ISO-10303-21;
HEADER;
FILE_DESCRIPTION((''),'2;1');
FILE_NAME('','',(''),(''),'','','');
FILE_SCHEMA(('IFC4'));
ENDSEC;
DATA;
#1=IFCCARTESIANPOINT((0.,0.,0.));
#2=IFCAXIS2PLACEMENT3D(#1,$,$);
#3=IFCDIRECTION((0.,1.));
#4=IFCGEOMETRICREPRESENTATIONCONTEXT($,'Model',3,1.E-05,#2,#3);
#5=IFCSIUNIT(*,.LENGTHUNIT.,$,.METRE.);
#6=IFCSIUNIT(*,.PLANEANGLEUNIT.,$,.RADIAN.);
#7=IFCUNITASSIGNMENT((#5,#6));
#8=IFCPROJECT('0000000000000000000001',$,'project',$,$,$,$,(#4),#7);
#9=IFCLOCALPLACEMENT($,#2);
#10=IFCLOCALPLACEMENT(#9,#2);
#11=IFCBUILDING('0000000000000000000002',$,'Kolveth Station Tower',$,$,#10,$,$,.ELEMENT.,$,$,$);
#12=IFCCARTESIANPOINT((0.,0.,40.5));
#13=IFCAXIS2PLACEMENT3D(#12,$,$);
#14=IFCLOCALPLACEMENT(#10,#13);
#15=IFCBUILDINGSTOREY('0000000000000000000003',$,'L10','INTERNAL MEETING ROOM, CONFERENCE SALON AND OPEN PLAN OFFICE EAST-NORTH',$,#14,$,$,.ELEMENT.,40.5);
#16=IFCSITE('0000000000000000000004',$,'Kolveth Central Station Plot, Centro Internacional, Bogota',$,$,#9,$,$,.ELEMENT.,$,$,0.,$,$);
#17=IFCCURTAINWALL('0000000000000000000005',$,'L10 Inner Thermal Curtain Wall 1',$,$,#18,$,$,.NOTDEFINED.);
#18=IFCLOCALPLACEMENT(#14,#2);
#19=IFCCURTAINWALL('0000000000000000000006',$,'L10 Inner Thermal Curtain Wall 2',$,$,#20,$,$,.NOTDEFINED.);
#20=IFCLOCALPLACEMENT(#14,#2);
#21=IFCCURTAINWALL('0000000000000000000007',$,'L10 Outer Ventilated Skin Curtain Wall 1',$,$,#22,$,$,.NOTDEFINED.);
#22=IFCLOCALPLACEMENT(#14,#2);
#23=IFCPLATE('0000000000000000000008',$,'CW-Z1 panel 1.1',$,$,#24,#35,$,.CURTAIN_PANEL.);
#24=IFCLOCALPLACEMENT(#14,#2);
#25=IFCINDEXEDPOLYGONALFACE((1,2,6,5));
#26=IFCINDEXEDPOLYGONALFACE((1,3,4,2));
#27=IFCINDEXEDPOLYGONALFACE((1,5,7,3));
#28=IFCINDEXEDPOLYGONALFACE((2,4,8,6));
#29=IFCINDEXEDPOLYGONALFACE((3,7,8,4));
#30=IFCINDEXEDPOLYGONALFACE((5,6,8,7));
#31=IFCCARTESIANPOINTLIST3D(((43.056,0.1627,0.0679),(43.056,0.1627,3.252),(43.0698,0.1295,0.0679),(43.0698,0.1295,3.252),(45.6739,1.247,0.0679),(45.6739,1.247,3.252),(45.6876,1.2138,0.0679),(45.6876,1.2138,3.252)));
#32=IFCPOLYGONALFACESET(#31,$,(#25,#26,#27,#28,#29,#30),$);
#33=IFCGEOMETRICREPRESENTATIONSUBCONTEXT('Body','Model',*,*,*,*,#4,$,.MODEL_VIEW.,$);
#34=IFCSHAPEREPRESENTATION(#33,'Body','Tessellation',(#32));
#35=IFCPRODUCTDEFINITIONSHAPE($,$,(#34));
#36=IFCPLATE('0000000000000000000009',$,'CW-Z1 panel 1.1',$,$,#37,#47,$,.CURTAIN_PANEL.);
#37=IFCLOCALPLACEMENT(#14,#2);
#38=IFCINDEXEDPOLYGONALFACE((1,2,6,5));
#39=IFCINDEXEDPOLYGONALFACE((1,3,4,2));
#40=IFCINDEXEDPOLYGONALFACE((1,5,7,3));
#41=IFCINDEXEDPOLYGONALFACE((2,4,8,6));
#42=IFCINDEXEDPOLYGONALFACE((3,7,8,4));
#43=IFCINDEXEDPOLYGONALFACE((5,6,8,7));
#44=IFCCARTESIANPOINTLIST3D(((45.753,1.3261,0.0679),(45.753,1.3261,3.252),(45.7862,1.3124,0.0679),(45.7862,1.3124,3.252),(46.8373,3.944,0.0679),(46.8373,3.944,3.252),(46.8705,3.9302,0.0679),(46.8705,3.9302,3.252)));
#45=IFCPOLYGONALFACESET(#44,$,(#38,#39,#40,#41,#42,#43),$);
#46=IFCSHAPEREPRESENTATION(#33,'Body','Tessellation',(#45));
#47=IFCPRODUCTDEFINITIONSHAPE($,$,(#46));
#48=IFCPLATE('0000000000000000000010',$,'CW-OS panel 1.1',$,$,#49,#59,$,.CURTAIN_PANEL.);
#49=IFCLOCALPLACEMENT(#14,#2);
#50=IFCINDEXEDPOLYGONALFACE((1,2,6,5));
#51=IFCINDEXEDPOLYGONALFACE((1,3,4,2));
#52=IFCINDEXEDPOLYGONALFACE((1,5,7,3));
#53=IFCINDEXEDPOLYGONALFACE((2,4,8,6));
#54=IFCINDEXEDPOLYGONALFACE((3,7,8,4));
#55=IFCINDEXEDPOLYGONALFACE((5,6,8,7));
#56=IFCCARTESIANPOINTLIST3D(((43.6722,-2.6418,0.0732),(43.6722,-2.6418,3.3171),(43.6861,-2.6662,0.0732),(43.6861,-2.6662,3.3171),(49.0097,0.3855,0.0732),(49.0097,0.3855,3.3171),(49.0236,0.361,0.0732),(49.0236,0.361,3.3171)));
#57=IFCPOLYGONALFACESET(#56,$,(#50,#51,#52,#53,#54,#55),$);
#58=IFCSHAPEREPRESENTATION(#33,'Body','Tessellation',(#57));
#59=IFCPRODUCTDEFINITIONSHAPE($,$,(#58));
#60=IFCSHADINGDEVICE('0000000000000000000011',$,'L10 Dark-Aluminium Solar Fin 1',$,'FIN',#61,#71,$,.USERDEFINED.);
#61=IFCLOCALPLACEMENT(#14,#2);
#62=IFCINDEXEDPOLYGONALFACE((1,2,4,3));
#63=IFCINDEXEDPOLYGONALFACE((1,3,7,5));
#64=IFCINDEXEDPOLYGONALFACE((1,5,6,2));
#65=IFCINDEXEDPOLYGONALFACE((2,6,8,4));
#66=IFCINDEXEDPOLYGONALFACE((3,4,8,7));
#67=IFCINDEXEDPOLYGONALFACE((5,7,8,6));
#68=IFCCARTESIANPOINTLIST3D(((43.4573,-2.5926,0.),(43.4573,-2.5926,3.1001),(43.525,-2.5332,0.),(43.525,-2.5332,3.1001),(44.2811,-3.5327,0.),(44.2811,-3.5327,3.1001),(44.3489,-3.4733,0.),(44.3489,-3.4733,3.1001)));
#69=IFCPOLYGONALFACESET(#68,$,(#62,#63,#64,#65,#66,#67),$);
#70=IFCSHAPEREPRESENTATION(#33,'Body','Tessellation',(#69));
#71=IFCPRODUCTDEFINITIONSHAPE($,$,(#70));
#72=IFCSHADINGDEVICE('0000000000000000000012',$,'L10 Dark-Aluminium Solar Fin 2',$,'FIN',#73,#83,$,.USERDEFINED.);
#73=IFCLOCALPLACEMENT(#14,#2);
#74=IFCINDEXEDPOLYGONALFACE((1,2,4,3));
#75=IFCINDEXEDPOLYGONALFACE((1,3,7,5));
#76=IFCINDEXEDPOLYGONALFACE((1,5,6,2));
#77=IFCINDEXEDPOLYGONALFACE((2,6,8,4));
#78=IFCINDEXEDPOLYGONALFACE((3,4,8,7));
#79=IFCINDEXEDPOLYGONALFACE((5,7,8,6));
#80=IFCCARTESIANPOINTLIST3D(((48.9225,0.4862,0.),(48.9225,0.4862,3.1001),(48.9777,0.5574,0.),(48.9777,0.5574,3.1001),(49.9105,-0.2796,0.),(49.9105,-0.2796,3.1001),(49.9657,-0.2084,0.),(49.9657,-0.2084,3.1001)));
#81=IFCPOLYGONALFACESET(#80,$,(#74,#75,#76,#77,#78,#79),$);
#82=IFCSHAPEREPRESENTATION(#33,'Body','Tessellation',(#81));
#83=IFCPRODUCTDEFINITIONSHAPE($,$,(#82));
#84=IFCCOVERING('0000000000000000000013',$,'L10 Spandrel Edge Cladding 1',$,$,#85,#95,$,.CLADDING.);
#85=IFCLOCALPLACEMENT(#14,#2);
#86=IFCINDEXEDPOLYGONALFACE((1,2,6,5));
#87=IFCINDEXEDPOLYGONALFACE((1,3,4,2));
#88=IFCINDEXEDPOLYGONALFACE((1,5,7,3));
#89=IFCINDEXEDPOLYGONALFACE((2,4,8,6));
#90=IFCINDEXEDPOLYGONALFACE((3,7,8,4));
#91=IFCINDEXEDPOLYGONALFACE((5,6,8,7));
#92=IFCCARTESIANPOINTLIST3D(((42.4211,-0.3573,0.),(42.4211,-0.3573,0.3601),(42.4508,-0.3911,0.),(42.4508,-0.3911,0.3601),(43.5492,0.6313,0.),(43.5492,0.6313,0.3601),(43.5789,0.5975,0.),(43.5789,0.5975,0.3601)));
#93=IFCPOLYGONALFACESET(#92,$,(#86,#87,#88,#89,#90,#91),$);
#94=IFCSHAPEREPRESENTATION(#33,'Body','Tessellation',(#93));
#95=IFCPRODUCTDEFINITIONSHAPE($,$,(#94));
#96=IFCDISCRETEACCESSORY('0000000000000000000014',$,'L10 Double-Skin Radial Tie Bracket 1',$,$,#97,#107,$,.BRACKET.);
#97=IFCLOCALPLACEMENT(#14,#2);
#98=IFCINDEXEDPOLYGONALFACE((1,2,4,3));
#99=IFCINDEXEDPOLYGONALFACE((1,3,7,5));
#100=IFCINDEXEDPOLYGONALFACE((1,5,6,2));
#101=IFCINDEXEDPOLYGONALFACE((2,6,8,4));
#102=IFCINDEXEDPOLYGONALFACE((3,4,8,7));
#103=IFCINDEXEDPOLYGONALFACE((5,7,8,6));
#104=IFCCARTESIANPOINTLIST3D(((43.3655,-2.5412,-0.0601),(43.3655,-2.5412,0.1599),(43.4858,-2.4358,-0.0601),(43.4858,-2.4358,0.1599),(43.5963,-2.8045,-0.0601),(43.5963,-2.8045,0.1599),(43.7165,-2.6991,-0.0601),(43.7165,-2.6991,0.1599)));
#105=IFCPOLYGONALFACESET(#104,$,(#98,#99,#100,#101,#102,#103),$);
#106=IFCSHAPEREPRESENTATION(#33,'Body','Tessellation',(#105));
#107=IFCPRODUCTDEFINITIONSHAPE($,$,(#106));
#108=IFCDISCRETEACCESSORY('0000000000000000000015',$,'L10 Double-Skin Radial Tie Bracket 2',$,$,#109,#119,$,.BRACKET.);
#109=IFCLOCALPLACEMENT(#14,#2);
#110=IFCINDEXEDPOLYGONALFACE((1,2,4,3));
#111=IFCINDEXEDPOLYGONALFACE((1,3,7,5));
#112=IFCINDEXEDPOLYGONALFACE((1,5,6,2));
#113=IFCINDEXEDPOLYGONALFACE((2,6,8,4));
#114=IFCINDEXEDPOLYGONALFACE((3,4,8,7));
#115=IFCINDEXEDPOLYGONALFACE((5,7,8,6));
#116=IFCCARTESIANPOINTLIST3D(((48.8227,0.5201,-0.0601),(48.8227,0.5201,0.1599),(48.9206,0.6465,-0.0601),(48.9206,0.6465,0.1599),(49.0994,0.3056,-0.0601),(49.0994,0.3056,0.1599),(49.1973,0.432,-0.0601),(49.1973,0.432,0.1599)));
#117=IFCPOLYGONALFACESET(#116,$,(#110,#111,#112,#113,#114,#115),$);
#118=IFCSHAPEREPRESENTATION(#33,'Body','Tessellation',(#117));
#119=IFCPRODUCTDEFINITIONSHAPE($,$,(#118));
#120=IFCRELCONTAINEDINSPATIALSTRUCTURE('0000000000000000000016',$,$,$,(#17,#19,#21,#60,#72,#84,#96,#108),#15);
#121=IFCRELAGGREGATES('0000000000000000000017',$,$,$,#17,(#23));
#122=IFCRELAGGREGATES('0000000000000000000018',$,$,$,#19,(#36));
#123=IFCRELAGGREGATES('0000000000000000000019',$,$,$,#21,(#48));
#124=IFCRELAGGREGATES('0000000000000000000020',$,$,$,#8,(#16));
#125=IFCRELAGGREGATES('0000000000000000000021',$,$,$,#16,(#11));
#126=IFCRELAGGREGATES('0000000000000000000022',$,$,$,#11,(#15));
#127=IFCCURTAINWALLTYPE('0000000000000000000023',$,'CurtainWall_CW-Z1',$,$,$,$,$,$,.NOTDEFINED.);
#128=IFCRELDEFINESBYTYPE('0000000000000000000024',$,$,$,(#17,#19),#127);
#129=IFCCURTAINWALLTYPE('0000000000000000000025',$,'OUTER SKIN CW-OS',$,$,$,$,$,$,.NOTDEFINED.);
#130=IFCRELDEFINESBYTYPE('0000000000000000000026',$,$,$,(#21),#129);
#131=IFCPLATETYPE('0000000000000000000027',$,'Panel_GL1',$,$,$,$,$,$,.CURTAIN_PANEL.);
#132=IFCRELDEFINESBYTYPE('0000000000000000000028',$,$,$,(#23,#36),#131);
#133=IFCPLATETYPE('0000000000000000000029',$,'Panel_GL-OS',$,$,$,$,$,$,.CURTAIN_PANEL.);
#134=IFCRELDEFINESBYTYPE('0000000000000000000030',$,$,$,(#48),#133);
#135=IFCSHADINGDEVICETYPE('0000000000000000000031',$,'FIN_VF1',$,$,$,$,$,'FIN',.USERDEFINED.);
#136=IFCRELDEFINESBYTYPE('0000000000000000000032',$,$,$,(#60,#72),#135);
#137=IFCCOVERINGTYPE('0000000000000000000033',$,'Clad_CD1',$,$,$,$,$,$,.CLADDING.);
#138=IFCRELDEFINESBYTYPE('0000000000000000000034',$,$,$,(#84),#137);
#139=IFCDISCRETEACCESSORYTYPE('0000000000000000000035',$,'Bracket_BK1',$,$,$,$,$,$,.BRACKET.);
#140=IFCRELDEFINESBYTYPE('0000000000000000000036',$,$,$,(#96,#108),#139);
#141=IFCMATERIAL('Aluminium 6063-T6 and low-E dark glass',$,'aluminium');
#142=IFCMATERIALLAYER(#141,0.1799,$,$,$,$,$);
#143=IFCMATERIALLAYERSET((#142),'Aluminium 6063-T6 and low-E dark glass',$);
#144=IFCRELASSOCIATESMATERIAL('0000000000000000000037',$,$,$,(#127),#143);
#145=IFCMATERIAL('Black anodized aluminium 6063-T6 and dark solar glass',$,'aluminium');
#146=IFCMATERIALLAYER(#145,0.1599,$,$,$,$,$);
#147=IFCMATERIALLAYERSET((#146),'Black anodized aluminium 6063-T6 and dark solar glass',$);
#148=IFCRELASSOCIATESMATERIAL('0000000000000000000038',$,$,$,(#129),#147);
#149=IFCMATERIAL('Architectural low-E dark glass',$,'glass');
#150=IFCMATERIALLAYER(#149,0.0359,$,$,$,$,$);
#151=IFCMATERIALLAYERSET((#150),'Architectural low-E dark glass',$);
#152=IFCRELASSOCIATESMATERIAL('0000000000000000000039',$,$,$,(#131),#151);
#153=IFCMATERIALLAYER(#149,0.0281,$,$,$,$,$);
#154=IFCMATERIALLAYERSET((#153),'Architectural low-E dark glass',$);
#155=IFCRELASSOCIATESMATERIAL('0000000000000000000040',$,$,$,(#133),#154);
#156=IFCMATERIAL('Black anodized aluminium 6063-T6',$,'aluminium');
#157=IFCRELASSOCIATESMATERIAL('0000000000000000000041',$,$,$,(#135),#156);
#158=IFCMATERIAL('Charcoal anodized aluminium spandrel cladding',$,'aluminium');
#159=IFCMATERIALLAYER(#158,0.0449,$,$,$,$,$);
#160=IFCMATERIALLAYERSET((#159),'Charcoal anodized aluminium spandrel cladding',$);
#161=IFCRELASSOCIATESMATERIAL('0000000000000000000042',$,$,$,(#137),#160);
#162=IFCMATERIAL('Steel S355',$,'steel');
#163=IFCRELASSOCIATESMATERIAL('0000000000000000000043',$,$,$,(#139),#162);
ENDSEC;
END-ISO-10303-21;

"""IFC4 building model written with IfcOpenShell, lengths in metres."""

from ifc_helpers import new_model, si_unit, direction, frame, origin, origin_2d, place, context, subcontext, project, spatial, rectangle, extrude, source, transform, mapped, material, layer, layer_set, type_object, element, aggregate, save


model = new_model("IFC4")

# Units and contexts
model_context = context("Model", 3, precision=1e-05, world=origin(), true_north=direction((0.0, 1.0)))
body_context = subcontext(model_context, "Body", "Model", "MODEL_VIEW")
ifc_project = project(units=[si_unit("LENGTHUNIT", "METRE"), si_unit("PLANEANGLEUNIT", "RADIAN")], contexts=[model_context])

# Site, building, storey
site_placement = place(None, origin())
site = spatial("IfcSite", under=ifc_project, at=site_placement, Name="Kolveth Central Station Plot, Centro Internacional, Bogota", CompositionType="ELEMENT", RefElevation=0.0)
building_placement = place(site_placement, origin())
building = spatial("IfcBuilding", under=site, at=building_placement, Name="Kolveth Station Tower", CompositionType="ELEMENT")
storey_placement = place(building_placement, frame((0.0, 0.0, 40.5)))
storey = spatial("IfcBuildingStorey", under=building, at=storey_placement, Name="L10", Description="INTERNAL MEETING ROOM, CONFERENCE SALON AND OPEN PLAN OFFICE EAST-NORTH", CompositionType="ELEMENT", Elevation=40.5)

# Shared definitions
ifc_material_1 = material(Name="Steel S355", Category="steel")

# Curtain walls
ifc_material_2 = material(Name="Aluminium 6063-T6 and low-E dark glass", Category="aluminium")
ifc_layer_1 = layer(ifc_material_2, 0.1799)
ifc_layer_set_1 = layer_set([ifc_layer_1], Name="Aluminium 6063-T6 and low-E dark glass")
curtain_wall_type_1 = type_object("IfcCurtainWallType", Name="CurtainWall_CW-Z1", PredefinedType="NOTDEFINED", material=ifc_layer_set_1)
curtain_wall_1_placement = place(storey_placement, origin())
curtain_wall_1 = element("IfcCurtainWall", 1, at=curtain_wall_1_placement, inside=storey, type_object=curtain_wall_type_1, Name="L10 Inner Thermal Curtain Wall 1", PredefinedType="NOTDEFINED")
ifc_material_3 = material(Name="Black anodized aluminium 6063-T6", Category="aluminium")
curtain_wall_2_placement = place(storey_placement, origin())
curtain_wall_2 = element("IfcCurtainWall", 2, at=curtain_wall_2_placement, inside=storey, type_object=curtain_wall_type_1, Name="L10 Inner Thermal Curtain Wall 2", PredefinedType="NOTDEFINED")

# Curtain wall
ifc_material_4 = material(Name="Black anodized aluminium 6063-T6 and dark solar glass", Category="aluminium")
ifc_layer_2 = layer(ifc_material_4, 0.1599)
ifc_layer_set_2 = layer_set([ifc_layer_2], Name="Black anodized aluminium 6063-T6 and dark solar glass")
curtain_wall_type_2 = type_object("IfcCurtainWallType", Name="OUTER SKIN CW-OS", PredefinedType="NOTDEFINED", material=ifc_layer_set_2)
curtain_wall_3_placement = place(storey_placement, origin())
curtain_wall_3 = element("IfcCurtainWall", 3, at=curtain_wall_3_placement, inside=storey, type_object=curtain_wall_type_2, Name="L10 Outer Ventilated Skin Curtain Wall 1", PredefinedType="NOTDEFINED")

# Plates
ifc_material_5 = material(Name="Architectural low-E dark glass", Category="glass")
ifc_layer_3 = layer(ifc_material_5, 0.0359)
ifc_layer_set_3 = layer_set([ifc_layer_3], Name="Architectural low-E dark glass")
plate_type_1 = type_object("IfcPlateType", Name="Panel_GL1", PredefinedType="CURTAIN_PANEL", material=ifc_layer_set_3)
shared_shape_1 = source(origin(), body_context, "Body", "SweptSolid", [
    extrude(rectangle(XDim=2.8335, YDim=0.0359, at=origin_2d()), origin(), (0.0, 0.0, 1.0), 3.1841),
])
plate_1_placement = place(storey_placement, frame((44.3718, 0.6882, 0.0679), z_axis=(0.0, 0.0, 1.0), x_axis=(0.923884, 0.382673, 0.0)))
plate_1 = element("IfcPlate", 4, at=plate_1_placement, type_object=plate_type_1, Name="CW-Z1 panel 1.1", PredefinedType="CURTAIN_PANEL", context=body_context, shape_type="MappedRepresentation", body=[
    mapped(shared_shape_1, transform((0.0, 0.0, 0.0), x_axis=(1.0, 0.0, 0.0), y_axis=(0.0, 1.0, 0.0), z_axis=(0.0, 0.0, 1.0), scale=1.0)),
])
aggregate(curtain_wall_1, [plate_1])
plate_2_placement = place(storey_placement, frame((46.3118, 2.6282, 0.0679), z_axis=(0.0, 0.0, 1.0), x_axis=(0.382673, 0.923884, 0.0)))
plate_2 = element("IfcPlate", 5, at=plate_2_placement, type_object=plate_type_1, Name="CW-Z1 panel 1.1", PredefinedType="CURTAIN_PANEL", context=body_context, shape_type="MappedRepresentation", body=[
    mapped(shared_shape_1, transform((0.0, 0.0, 0.0), x_axis=(1.0, 0.0, 0.0), y_axis=(0.0, 1.0, 0.0), z_axis=(0.0, 0.0, 1.0), scale=1.0)),
])
aggregate(curtain_wall_2, [plate_2])
ifc_layer_4 = layer(ifc_material_5, 0.0281)
ifc_layer_set_4 = layer_set([ifc_layer_4], Name="Architectural low-E dark glass")
plate_type_2 = type_object("IfcPlateType", Name="Panel_GL-OS", PredefinedType="CURTAIN_PANEL", material=ifc_layer_set_4)
shared_shape_2 = source(origin(), body_context, "Body", "SweptSolid", [
    extrude(rectangle(XDim=6.1362, YDim=0.0281, at=origin_2d()), origin(), (0.0, 0.0, 1.0), 3.2439),
])
plate_3_placement = place(storey_placement, frame((46.3479, -1.1404, 0.0732), z_axis=(0.0, 0.0, 1.0), x_axis=(0.869836, 0.493341, 0.0)))
plate_3 = element("IfcPlate", 6, at=plate_3_placement, type_object=plate_type_2, Name="CW-OS panel 1.1", PredefinedType="CURTAIN_PANEL", context=body_context, shape_type="MappedRepresentation", body=[
    mapped(shared_shape_2, transform((0.0, 0.0, 0.0), x_axis=(1.0, 0.0, 0.0), y_axis=(0.0, 1.0, 0.0), z_axis=(0.0, 0.0, 1.0), scale=1.0)),
])
aggregate(curtain_wall_3, [plate_3])

# Shading devices
shading_device_type = type_object("IfcShadingDeviceType", Name="FIN_VF1", ElementType="FIN", PredefinedType="USERDEFINED", material=ifc_material_3)
shared_shape_3 = source(origin(), body_context, "Body", "SweptSolid", [
    extrude(rectangle(XDim=1.25, YDim=0.0901, at=origin_2d()), origin(), (0.0, 0.0, 1.0), 3.1001),
])
for number, where, z_axis, x_axis, name in (
    (7, (43.9031, -3.033, 0.0), (0.0, 0.0, 1.0), (0.659083, -0.75207, 0.0), "L10 Dark-Aluminium Solar Fin 1"),
    (8, (49.4441, 0.1389, 0.0), (0.0, 0.0, 1.0), (0.790369, -0.612631, 0.0), "L10 Dark-Aluminium Solar Fin 2"),
):
    element("IfcShadingDevice", number, at=place(storey_placement, frame(where, z_axis=z_axis, x_axis=x_axis)), inside=storey, type_object=shading_device_type, Name=name, ObjectType="FIN", PredefinedType="USERDEFINED", context=body_context, shape_type="MappedRepresentation", body=[
        mapped(shared_shape_3, transform((0.0, 0.0, 0.0), x_axis=(1.0, 0.0, 0.0), y_axis=(0.0, 1.0, 0.0), z_axis=(0.0, 0.0, 1.0), scale=1.0)),
    ])

# Covering
ifc_material_6 = material(Name="Charcoal anodized aluminium spandrel cladding", Category="aluminium")
ifc_layer_5 = layer(ifc_material_6, 0.0449)
ifc_layer_set_5 = layer_set([ifc_layer_5], Name="Charcoal anodized aluminium spandrel cladding")
covering_type = type_object("IfcCoveringType", Name="Clad_CD1", PredefinedType="CLADDING", material=ifc_layer_set_5)
shared_shape_4 = source(origin(), body_context, "Body", "SweptSolid", [
    extrude(rectangle(XDim=1.5, YDim=0.0449, at=origin_2d()), origin(), (0.0, 0.0, 1.0), 0.3601),
])
covering_placement = place(storey_placement, frame((43.0, 0.1201, 0.0), z_axis=(0.0, 0.0, 1.0), x_axis=(0.75207, 0.659083, 0.0)))
element("IfcCovering", 9, at=covering_placement, inside=storey, type_object=covering_type, Name="L10 Spandrel Edge Cladding 1", PredefinedType="CLADDING", context=body_context, shape_type="MappedRepresentation", body=[
    mapped(shared_shape_4, transform((0.0, 0.0, 0.0), x_axis=(1.0, 0.0, 0.0), y_axis=(0.0, 1.0, 0.0), z_axis=(0.0, 0.0, 1.0), scale=1.0)),
])

# Discrete accessories
discrete_accessory_type = type_object("IfcDiscreteAccessoryType", Name="Bracket_BK1", PredefinedType="BRACKET", material=ifc_material_1)
shared_shape_5 = source(origin(), body_context, "Body", "SweptSolid", [
    extrude(rectangle(XDim=0.3501, YDim=0.1599, at=origin_2d()), origin(), (0.0, 0.0, 1.0), 0.22),
])
for number, where, z_axis, x_axis, name in (
    (10, (43.541, -2.6201, -0.0601), (0.0, 0.0, 1.0), (0.659083, -0.75207, 0.0), "L10 Double-Skin Radial Tie Bracket 1"),
    (11, (49.01, 0.4761, -0.0601), (0.0, 0.0, 1.0), (0.790369, -0.612631, 0.0), "L10 Double-Skin Radial Tie Bracket 2"),
):
    element("IfcDiscreteAccessory", number, at=place(storey_placement, frame(where, z_axis=z_axis, x_axis=x_axis)), inside=storey, type_object=discrete_accessory_type, Name=name, PredefinedType="BRACKET", context=body_context, shape_type="MappedRepresentation", body=[
        mapped(shared_shape_5, transform((0.0, 0.0, 0.0), x_axis=(1.0, 0.0, 0.0), y_axis=(0.0, 1.0, 0.0), z_axis=(0.0, 0.0, 1.0), scale=1.0)),
    ])

save(model, "model.ifc")
